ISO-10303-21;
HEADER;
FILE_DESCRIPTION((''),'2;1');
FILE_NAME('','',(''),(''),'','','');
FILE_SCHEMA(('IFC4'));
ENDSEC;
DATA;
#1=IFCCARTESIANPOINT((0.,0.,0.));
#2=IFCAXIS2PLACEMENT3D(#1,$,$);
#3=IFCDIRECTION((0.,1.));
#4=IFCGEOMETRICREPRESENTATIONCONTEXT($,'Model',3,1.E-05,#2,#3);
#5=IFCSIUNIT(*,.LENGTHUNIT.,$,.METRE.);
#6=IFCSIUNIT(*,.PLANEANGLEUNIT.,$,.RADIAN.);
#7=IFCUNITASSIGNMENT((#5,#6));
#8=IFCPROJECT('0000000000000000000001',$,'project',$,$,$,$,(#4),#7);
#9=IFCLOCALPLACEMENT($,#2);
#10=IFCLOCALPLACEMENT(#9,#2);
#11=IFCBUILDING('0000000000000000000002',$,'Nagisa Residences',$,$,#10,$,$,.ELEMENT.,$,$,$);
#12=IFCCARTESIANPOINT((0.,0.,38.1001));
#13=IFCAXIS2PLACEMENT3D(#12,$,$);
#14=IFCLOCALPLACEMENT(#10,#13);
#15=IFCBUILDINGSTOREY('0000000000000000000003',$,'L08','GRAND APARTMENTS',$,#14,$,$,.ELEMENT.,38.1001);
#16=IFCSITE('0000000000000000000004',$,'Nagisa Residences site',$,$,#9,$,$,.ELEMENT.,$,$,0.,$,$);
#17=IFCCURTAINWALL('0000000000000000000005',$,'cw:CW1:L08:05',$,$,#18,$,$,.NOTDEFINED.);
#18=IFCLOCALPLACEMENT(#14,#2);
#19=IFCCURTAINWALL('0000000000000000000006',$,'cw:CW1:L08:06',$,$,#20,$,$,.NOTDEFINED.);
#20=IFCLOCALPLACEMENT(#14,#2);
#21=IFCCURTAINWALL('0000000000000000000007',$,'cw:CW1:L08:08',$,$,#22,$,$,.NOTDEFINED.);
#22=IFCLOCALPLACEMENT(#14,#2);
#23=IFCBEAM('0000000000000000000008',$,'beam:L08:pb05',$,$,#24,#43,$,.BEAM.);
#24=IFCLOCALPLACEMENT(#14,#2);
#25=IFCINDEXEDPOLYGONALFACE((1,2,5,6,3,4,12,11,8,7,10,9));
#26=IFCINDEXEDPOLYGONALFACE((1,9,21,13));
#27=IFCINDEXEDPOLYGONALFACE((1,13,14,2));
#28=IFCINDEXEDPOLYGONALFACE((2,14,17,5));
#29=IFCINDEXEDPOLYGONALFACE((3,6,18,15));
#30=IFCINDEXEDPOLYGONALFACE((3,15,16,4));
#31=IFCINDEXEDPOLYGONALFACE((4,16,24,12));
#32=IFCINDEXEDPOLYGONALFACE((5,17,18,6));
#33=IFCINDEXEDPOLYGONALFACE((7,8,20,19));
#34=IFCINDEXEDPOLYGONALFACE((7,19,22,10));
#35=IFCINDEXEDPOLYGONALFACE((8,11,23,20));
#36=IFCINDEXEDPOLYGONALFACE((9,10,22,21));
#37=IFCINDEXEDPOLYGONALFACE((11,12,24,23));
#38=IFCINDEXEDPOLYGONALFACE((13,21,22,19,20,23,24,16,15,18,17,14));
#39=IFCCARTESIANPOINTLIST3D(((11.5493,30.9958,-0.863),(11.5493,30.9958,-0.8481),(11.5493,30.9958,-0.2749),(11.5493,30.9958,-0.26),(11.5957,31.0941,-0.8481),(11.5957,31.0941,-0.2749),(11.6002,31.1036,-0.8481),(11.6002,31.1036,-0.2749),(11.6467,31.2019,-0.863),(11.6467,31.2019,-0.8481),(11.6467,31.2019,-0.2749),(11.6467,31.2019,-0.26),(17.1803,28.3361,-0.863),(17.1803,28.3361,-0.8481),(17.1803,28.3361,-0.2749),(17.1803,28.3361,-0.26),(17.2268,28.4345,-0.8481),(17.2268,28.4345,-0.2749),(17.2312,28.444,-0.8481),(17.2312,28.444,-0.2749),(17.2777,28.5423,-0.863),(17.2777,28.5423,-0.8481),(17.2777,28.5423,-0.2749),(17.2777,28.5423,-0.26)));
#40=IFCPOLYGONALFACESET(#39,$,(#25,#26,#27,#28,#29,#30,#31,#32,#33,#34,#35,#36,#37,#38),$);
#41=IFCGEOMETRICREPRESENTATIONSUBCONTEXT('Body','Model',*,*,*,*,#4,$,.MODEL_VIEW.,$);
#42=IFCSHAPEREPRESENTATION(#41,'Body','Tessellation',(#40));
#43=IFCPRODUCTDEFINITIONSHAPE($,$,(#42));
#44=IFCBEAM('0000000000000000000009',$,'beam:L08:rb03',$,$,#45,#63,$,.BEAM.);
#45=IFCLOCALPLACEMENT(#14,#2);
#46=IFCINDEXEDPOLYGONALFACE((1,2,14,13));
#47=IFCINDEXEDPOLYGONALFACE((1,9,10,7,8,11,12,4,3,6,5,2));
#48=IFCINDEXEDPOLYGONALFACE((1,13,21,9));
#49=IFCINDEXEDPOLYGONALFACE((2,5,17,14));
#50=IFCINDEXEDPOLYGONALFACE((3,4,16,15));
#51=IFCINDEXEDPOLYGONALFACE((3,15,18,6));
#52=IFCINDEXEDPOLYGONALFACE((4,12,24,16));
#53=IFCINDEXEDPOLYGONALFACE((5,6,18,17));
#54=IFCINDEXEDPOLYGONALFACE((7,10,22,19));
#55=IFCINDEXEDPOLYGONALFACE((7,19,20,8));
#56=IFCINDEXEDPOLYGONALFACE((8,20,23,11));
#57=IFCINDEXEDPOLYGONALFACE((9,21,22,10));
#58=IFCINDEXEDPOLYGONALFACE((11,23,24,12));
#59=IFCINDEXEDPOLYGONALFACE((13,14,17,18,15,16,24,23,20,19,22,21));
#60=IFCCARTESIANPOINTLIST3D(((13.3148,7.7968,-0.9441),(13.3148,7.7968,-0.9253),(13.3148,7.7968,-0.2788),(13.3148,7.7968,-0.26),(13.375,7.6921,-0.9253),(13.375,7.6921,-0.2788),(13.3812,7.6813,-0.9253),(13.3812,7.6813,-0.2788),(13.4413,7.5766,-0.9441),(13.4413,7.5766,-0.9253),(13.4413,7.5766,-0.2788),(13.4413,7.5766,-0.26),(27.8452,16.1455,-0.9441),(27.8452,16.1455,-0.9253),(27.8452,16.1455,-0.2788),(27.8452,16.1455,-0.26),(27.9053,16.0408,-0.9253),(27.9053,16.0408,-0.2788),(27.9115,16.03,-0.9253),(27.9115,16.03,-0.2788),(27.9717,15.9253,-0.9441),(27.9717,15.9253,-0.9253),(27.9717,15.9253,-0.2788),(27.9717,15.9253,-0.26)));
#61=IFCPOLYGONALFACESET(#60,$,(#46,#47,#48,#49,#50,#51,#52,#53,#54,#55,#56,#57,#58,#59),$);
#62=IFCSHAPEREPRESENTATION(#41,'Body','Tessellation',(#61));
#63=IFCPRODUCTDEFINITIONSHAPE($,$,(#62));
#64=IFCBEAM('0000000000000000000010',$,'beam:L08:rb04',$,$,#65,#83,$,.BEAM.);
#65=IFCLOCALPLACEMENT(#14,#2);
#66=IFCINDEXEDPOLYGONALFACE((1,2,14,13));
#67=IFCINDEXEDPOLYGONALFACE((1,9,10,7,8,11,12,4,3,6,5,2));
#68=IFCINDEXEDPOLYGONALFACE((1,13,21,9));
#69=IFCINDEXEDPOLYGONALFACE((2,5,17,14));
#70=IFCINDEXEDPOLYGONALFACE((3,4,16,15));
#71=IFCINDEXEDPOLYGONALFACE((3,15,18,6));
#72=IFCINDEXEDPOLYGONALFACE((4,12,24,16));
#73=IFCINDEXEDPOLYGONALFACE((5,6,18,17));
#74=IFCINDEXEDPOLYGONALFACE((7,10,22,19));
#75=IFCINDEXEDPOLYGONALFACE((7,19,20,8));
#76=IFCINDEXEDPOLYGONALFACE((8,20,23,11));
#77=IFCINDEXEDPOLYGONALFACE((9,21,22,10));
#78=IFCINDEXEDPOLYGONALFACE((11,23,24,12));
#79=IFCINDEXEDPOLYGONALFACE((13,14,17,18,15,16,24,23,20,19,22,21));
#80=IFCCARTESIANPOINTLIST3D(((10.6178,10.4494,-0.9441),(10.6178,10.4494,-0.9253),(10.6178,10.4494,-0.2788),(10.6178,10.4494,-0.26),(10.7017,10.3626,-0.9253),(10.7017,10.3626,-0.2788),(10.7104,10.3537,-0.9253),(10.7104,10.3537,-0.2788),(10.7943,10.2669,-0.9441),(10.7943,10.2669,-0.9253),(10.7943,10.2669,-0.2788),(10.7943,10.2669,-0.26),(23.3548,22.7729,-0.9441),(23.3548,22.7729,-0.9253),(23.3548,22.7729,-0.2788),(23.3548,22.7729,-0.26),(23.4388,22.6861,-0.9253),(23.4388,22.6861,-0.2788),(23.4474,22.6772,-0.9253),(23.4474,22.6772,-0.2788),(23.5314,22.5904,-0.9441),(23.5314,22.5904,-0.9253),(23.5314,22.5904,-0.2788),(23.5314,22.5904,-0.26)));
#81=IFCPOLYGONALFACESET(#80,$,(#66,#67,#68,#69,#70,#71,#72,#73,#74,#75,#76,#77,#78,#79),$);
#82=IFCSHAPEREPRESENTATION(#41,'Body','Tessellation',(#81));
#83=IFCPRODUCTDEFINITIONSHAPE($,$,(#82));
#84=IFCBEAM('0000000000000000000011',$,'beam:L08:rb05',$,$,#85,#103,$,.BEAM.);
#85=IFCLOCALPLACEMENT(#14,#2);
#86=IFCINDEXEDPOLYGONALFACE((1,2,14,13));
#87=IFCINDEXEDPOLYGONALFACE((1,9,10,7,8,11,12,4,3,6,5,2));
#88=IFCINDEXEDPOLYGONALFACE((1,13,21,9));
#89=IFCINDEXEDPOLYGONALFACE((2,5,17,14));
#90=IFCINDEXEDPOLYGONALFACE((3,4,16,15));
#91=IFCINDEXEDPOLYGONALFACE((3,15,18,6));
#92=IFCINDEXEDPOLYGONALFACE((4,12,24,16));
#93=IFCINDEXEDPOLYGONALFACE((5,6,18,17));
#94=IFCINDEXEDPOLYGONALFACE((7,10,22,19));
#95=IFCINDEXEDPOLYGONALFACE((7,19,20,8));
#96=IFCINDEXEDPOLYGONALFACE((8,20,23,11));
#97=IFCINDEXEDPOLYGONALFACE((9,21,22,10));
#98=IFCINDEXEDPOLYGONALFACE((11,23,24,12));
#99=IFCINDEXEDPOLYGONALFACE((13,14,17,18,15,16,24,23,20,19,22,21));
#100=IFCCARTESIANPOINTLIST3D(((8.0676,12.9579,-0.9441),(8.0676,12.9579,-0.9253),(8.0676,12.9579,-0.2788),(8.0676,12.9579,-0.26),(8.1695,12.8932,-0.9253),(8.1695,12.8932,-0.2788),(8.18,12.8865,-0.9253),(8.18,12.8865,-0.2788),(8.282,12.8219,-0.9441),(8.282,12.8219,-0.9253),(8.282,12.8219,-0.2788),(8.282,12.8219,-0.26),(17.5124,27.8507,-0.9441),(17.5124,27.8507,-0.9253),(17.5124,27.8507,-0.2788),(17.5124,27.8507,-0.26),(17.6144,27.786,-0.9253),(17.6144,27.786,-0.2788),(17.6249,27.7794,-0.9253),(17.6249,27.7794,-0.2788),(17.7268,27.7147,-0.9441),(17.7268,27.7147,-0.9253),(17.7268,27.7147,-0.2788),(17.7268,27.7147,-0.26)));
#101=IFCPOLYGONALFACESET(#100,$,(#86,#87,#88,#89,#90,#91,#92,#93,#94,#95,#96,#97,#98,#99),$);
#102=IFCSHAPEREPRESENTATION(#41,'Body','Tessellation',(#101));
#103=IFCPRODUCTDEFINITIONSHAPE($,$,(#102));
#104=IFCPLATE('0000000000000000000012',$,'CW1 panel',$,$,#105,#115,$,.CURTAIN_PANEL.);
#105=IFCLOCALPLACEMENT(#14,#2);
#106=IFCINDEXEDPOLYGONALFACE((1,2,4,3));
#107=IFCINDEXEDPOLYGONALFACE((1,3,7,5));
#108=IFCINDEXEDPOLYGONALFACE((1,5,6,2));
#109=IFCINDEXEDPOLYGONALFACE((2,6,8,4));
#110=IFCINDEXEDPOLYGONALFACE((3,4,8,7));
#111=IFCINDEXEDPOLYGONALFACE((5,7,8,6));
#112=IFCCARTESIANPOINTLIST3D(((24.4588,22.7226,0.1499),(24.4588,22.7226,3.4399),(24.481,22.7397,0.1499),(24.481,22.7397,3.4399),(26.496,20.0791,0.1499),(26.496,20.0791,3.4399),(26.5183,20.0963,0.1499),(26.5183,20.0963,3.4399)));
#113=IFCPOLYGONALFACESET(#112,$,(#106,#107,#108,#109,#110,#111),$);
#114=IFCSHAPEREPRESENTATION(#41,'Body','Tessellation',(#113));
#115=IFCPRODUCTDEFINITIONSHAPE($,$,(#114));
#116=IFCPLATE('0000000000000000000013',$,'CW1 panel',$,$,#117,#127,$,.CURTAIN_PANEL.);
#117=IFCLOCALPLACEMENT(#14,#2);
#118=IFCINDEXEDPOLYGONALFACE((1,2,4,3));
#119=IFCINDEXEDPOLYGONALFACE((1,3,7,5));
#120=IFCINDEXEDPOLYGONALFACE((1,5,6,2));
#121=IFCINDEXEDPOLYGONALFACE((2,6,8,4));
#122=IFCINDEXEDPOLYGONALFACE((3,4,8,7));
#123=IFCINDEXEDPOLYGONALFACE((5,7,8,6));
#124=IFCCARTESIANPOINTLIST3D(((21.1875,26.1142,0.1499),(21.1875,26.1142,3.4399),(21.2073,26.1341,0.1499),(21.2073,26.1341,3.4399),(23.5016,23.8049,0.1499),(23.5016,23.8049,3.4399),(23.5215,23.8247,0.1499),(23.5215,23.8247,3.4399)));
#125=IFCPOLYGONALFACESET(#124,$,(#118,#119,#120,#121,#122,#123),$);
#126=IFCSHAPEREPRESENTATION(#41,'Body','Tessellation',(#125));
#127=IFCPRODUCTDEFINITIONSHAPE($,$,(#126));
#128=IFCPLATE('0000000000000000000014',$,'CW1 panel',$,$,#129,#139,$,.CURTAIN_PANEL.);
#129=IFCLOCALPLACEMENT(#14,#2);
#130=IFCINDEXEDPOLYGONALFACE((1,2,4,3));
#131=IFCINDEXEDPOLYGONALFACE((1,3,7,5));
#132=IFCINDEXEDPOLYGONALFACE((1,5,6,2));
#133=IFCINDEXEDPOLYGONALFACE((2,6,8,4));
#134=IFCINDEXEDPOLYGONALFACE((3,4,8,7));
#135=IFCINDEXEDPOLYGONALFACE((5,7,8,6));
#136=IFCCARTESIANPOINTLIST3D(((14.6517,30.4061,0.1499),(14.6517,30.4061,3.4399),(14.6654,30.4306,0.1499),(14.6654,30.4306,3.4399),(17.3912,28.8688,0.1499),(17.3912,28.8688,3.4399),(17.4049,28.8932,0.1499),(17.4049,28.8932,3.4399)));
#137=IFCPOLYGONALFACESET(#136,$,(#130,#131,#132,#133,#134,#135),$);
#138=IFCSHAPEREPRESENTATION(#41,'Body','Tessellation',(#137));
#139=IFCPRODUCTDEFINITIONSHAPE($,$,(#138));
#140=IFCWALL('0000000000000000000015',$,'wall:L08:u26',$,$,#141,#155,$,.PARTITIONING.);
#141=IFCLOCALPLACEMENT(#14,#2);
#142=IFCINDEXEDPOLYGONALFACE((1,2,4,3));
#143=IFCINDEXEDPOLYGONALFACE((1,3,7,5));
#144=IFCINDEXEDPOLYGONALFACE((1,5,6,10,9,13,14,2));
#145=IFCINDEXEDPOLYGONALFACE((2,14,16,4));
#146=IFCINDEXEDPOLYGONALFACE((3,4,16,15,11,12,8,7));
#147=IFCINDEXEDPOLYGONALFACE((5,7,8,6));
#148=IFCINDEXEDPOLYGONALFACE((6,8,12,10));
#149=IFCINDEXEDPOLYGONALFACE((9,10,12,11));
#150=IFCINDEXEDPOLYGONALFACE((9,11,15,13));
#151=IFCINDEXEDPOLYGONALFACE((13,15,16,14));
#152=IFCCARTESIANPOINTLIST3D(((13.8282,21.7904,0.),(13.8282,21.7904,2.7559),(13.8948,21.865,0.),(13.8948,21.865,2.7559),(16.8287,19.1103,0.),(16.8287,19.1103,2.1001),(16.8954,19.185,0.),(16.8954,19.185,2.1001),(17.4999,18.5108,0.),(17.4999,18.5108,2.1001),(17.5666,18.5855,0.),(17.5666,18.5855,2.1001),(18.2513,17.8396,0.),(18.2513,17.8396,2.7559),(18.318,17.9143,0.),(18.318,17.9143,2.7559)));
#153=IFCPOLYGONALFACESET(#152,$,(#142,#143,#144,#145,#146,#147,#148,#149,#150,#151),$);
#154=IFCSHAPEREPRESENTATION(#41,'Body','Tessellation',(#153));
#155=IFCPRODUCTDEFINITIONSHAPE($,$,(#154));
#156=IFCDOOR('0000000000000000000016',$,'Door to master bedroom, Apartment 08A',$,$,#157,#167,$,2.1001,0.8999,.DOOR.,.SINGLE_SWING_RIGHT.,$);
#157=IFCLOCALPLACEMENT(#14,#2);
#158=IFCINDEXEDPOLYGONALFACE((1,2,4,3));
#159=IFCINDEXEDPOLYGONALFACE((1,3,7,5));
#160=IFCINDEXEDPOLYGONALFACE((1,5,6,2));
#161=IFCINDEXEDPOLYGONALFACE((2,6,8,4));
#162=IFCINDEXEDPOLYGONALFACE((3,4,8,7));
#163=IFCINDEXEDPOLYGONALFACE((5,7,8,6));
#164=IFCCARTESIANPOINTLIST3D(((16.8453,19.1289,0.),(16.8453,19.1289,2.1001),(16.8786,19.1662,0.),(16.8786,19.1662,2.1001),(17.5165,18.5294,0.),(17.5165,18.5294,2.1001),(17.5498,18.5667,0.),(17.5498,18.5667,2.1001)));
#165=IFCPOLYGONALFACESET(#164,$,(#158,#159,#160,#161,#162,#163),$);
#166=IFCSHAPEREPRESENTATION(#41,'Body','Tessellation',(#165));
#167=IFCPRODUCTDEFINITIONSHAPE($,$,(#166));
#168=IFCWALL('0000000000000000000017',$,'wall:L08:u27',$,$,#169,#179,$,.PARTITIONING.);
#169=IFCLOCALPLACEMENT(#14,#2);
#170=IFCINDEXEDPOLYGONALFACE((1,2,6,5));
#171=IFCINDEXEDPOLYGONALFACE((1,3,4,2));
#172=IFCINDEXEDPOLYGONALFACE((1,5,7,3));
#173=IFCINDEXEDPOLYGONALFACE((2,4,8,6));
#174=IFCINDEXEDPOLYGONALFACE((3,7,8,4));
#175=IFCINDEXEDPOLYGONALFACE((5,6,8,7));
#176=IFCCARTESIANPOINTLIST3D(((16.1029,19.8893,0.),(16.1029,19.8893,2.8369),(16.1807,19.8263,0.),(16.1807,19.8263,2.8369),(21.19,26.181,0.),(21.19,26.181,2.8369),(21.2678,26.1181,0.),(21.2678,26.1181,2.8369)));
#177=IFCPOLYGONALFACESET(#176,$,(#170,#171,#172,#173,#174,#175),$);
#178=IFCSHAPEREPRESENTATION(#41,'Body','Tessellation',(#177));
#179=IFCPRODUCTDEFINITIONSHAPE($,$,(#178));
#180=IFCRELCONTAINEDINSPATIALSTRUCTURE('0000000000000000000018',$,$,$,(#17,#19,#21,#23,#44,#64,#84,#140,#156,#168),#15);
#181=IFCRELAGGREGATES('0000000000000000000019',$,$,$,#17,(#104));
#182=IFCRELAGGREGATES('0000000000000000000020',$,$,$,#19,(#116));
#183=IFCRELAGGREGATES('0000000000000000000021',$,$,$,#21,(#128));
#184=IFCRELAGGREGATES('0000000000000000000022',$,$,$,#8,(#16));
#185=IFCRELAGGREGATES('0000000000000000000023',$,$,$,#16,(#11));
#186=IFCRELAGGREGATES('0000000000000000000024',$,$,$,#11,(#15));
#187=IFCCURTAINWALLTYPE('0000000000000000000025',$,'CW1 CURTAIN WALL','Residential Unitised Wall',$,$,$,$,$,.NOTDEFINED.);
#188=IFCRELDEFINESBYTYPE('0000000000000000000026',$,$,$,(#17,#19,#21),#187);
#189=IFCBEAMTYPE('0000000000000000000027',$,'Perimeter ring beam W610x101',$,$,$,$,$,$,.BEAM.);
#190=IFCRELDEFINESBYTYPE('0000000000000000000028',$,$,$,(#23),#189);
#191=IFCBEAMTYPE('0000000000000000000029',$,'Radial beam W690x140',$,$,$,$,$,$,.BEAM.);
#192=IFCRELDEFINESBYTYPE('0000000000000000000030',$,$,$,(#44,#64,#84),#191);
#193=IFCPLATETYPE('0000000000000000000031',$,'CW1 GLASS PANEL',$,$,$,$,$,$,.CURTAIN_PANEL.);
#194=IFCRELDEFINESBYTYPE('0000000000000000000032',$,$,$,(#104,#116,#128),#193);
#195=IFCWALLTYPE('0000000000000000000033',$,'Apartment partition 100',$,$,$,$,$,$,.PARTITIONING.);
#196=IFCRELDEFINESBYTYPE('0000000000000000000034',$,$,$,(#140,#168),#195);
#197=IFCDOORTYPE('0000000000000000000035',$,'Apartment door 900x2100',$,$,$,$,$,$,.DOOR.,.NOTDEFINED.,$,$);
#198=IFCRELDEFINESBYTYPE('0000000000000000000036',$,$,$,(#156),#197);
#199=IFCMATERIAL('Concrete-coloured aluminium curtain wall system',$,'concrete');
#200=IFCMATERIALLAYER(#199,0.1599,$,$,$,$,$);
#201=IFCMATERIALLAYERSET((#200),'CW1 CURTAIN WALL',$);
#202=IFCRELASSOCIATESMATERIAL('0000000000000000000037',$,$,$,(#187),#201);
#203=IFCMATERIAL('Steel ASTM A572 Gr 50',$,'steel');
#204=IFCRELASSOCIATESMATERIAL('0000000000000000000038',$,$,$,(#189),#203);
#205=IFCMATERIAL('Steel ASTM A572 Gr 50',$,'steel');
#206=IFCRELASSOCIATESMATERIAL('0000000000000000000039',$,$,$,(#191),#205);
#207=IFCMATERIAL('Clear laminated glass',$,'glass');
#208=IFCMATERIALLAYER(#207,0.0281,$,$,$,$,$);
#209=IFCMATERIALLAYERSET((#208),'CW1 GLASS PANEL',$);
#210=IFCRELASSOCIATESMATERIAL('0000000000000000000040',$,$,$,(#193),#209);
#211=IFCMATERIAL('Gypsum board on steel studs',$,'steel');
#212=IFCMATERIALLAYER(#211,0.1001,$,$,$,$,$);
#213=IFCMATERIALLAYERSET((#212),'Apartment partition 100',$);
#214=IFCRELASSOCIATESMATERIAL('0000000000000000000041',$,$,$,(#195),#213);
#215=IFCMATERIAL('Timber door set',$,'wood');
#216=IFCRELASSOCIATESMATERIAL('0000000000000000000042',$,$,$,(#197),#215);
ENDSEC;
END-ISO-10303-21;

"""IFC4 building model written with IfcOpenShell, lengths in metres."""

from ifc_helpers import new_model, si_unit, direction, frame, frame_2d, origin, origin_2d, place, context, subcontext, project, spatial, rectangle, i_section, extrude, material, layer, layer_set, material_profile, profile_set, type_object, element, fill, aggregate, save


model = new_model("IFC4")

# Units and contexts
model_context = context("Model", 3, precision=1e-05, world=origin(), true_north=direction((0.0, 1.0)))
body_context = subcontext(model_context, "Body", "Model", "MODEL_VIEW")
ifc_project = project(units=[si_unit("LENGTHUNIT", "METRE"), si_unit("PLANEANGLEUNIT", "RADIAN")], contexts=[model_context])

# Site, building, storey
site_placement = place(None, origin())
site = spatial("IfcSite", under=ifc_project, at=site_placement, Name="Nagisa Residences site", CompositionType="ELEMENT", RefElevation=0.0)
building_placement = place(site_placement, origin())
building = spatial("IfcBuilding", under=site, at=building_placement, Name="Nagisa Residences", CompositionType="ELEMENT")
storey_placement = place(building_placement, frame((0.0, 0.0, 38.1001)))
storey = spatial("IfcBuildingStorey", under=building, at=storey_placement, Name="L08", Description="GRAND APARTMENTS", CompositionType="ELEMENT", Elevation=38.1001)

# Curtain walls
ifc_material_1 = material(Name="Concrete-coloured aluminium curtain wall system", Category="concrete")
ifc_layer_1 = layer(ifc_material_1, 0.1599)
ifc_layer_set_1 = layer_set([ifc_layer_1], Name="CW1 CURTAIN WALL")
curtain_wall_type = type_object("IfcCurtainWallType", Name="CW1 CURTAIN WALL", Description="Residential Unitised Wall", PredefinedType="NOTDEFINED", material=ifc_layer_set_1)
curtain_wall_1_placement = place(storey_placement, origin())
curtain_wall_1 = element("IfcCurtainWall", 1, at=curtain_wall_1_placement, inside=storey, type_object=curtain_wall_type, Name="cw:CW1:L08:05", PredefinedType="NOTDEFINED")
curtain_wall_2_placement = place(storey_placement, origin())
curtain_wall_2 = element("IfcCurtainWall", 2, at=curtain_wall_2_placement, inside=storey, type_object=curtain_wall_type, Name="cw:CW1:L08:06", PredefinedType="NOTDEFINED")
curtain_wall_3_placement = place(storey_placement, origin())
curtain_wall_3 = element("IfcCurtainWall", 3, at=curtain_wall_3_placement, inside=storey, type_object=curtain_wall_type, Name="cw:CW1:L08:08", PredefinedType="NOTDEFINED")

# Beams
ifc_material_2 = material(Name="Steel ASTM A572 Gr 50", Category="steel")
ifc_material_profile_1 = material_profile(ifc_material_2, i_section(OverallWidth=0.228, OverallDepth=0.603, WebThickness=0.0105, FlangeThickness=0.0149, at=origin_2d()), Name="W610x101")
ifc_profile_set_1 = profile_set([ifc_material_profile_1], Name="Steel ASTM A572 Gr 50")
beam_type_1 = type_object("IfcBeamType", Name="Perimeter ring beam W610x101", PredefinedType="BEAM", material=ifc_profile_set_1)
beam_1_placement = place(storey_placement, frame((17.229, 28.4392, -0.5615), z_axis=(-0.904215, 0.427077, 0.0), x_axis=(-0.427077, -0.904215, 0.0)))
element("IfcBeam", 4, at=beam_1_placement, inside=storey, type_object=beam_type_1, Name="beam:L08:pb05", PredefinedType="BEAM", context=body_context, shape_type="SweptSolid", body=[
    extrude(i_section(OverallWidth=0.228, OverallDepth=0.603, WebThickness=0.0105, FlangeThickness=0.0149, at=origin_2d()), origin(), (0.0, 0.0, 1.0), 6.2275),
])
ifc_material_3 = material(Name="Steel ASTM A572 Gr 50", Category="steel")
ifc_material_profile_2 = material_profile(ifc_material_3, i_section(OverallWidth=0.2539, OverallDepth=0.6841, WebThickness=0.0125, FlangeThickness=0.0188, at=origin_2d()), Name="W690x140")
ifc_profile_set_2 = profile_set([ifc_material_profile_2], Name="Steel ASTM A572 Gr 50")
beam_type_2 = type_object("IfcBeamType", Name="Radial beam W690x140", PredefinedType="BEAM", material=ifc_profile_set_2)
beam_2_placement = place(storey_placement, frame((27.9084, 16.0354, -0.6021), z_axis=(-0.867068, -0.49819, 0.0), x_axis=(0.49819, -0.867068, 0.0)))
element("IfcBeam", 5, at=beam_2_placement, inside=storey, type_object=beam_type_2, Name="beam:L08:rb03", PredefinedType="BEAM", context=body_context, shape_type="SweptSolid", body=[
    extrude(i_section(OverallWidth=0.2539, OverallDepth=0.6841, WebThickness=0.0125, FlangeThickness=0.0188, at=origin_2d()), origin(), (0.0, 0.0, 1.0), 16.7581),
])
beam_3_placement = place(storey_placement, frame((23.4431, 22.6816, -0.6021), z_axis=(-0.718678, -0.695343, 0.0), x_axis=(0.695343, -0.718678, 0.0)))
element("IfcBeam", 6, at=beam_3_placement, inside=storey, type_object=beam_type_2, Name="beam:L08:rb04", PredefinedType="BEAM", context=body_context, shape_type="SweptSolid", body=[
    extrude(i_section(OverallWidth=0.2539, OverallDepth=0.6841, WebThickness=0.0125, FlangeThickness=0.0188, at=origin_2d()), origin(), (0.0, 0.0, 1.0), 17.7229),
])
beam_4_placement = place(storey_placement, frame((17.6196, 27.7827, -0.6021), z_axis=(-0.535566, -0.844493, 0.0), x_axis=(0.844493, -0.535566, 0.0)))
element("IfcBeam", 7, at=beam_4_placement, inside=storey, type_object=beam_type_2, Name="beam:L08:rb05", PredefinedType="BEAM", context=body_context, shape_type="SweptSolid", body=[
    extrude(i_section(OverallWidth=0.2539, OverallDepth=0.6841, WebThickness=0.0125, FlangeThickness=0.0188, at=origin_2d()), origin(), (0.0, 0.0, 1.0), 17.6353),
])

# Plates
ifc_material_4 = material(Name="Clear laminated glass", Category="glass")
ifc_layer_2 = layer(ifc_material_4, 0.0281)
ifc_layer_set_2 = layer_set([ifc_layer_2], Name="CW1 GLASS PANEL")
plate_type = type_object("IfcPlateType", Name="CW1 GLASS PANEL", PredefinedType="CURTAIN_PANEL", material=ifc_layer_set_2)
plate_1_placement = place(storey_placement, frame((25.4885, 21.4094, 0.1499), z_axis=(0.0, 0.0, 1.0), x_axis=(-0.61043, 0.79207, 0.0)))
plate_1 = element("IfcPlate", 8, at=plate_1_placement, type_object=plate_type, Name="CW1 panel", PredefinedType="CURTAIN_PANEL", context=body_context, shape_type="SweptSolid", body=[
    extrude(rectangle(XDim=3.3374, YDim=0.0281, at=origin_2d()), origin(), (0.0, 0.0, 1.0), 3.29),
])
aggregate(curtain_wall_1, [plate_1])
plate_2_placement = place(storey_placement, frame((22.3545, 24.9695, 0.1499), z_axis=(0.0, 0.0, 1.0), x_axis=(-0.707836, 0.706377, 0.0)))
plate_2 = element("IfcPlate", 9, at=plate_2_placement, type_object=plate_type, Name="CW1 panel", PredefinedType="CURTAIN_PANEL", context=body_context, shape_type="SweptSolid", body=[
    extrude(rectangle(XDim=3.2693, YDim=0.0281, at=origin_2d()), origin(), (0.0, 0.0, 1.0), 3.29),
])
aggregate(curtain_wall_2, [plate_2])
plate_3_placement = place(storey_placement, frame((16.0283, 29.6497, 0.1499), z_axis=(0.0, 0.0, 1.0), x_axis=(-0.872072, 0.489377, 0.0)))
plate_3 = element("IfcPlate", 10, at=plate_3_placement, type_object=plate_type, Name="CW1 panel", PredefinedType="CURTAIN_PANEL", context=body_context, shape_type="SweptSolid", body=[
    extrude(rectangle(XDim=3.1414, YDim=0.0281, at=origin_2d()), origin(), (0.0, 0.0, 1.0), 3.29),
])
aggregate(curtain_wall_3, [plate_3])

# Wall, opening, door
ifc_material_5 = material(Name="Gypsum board on steel studs", Category="steel")
ifc_layer_3 = layer(ifc_material_5, 0.1001)
ifc_layer_set_3 = layer_set([ifc_layer_3], Name="Apartment partition 100")
wall_type_1 = type_object("IfcWallType", Name="Apartment partition 100", PredefinedType="PARTITIONING", material=ifc_layer_set_3)
wall_1_placement = place(storey_placement, frame((18.2847, 17.877, 0.0), z_axis=(0.0, 0.0, 1.0), x_axis=(-0.745813, 0.666156, 0.0)))
wall_1 = element("IfcWall", 11, at=wall_1_placement, inside=storey, type_object=wall_type_1, Name="wall:L08:u26", PredefinedType="PARTITIONING", context=body_context, shape_type="SweptSolid", body=[
    extrude(rectangle(XDim=5.9307, YDim=0.1001, at=frame_2d((2.9653, 0.0))), origin(), (0.0, 0.0, 1.0), 2.7559),
])
opening_1_placement = place(wall_1_placement, frame((1.0076, 0.0, 0.0)))
opening_1 = element("IfcOpeningElement", 12, at=opening_1_placement, cuts=wall_1, PredefinedType="OPENING", context=body_context, shape_type="SweptSolid", body=[
    extrude(rectangle(XDim=0.8999, YDim=2.1001, at=frame_2d((0.45, 1.05))), frame((0.0, 0.0601, 0.0), z_axis=(0.0, -1.0, 0.0), x_axis=(1.0, 0.0, 0.0)), (0.0, 0.0, 1.0), 0.1201),
])
ifc_material_6 = material(Name="Timber door set", Category="wood")
door_type_1 = type_object("IfcDoorType", Name="Apartment door 900x2100", OperationType="NOTDEFINED", PredefinedType="DOOR", material=ifc_material_6)
door_1_placement = place(opening_1_placement, frame((0.8999, 0.0, 0.0), x_axis=(-1.0, 0.0, 0.0)))
door_1 = element("IfcDoor", 13, at=door_1_placement, inside=storey, type_object=door_type_1, Name="Door to master bedroom, Apartment 08A", OperationType="SINGLE_SWING_RIGHT", OverallHeight=2.1001, OverallWidth=0.8999, PredefinedType="DOOR", context=body_context, shape_type="SweptSolid", body=[
    extrude(rectangle(XDim=0.8999, YDim=2.1001, at=frame_2d((0.45, 1.05))), frame((0.0, 0.0249, 0.0), z_axis=(0.0, -1.0, 0.0), x_axis=(1.0, 0.0, 0.0)), (0.0, 0.0, 1.0), 0.05),
])
fill(opening_1, door_1)

# Wall
wall_2_placement = place(storey_placement, frame((16.1418, 19.8579, 0.0), z_axis=(0.0, 0.0, 1.0), x_axis=(0.628738, 0.777617, 0.0)))
element("IfcWall", 14, at=wall_2_placement, inside=storey, type_object=wall_type_1, Name="wall:L08:u27", PredefinedType="PARTITIONING", context=body_context, shape_type="SweptSolid", body=[
    extrude(rectangle(XDim=8.0911, YDim=0.1001, at=frame_2d((4.0454, 0.0))), origin(), (0.0, 0.0, 1.0), 2.8369),
])

save(model, "model.ifc")
